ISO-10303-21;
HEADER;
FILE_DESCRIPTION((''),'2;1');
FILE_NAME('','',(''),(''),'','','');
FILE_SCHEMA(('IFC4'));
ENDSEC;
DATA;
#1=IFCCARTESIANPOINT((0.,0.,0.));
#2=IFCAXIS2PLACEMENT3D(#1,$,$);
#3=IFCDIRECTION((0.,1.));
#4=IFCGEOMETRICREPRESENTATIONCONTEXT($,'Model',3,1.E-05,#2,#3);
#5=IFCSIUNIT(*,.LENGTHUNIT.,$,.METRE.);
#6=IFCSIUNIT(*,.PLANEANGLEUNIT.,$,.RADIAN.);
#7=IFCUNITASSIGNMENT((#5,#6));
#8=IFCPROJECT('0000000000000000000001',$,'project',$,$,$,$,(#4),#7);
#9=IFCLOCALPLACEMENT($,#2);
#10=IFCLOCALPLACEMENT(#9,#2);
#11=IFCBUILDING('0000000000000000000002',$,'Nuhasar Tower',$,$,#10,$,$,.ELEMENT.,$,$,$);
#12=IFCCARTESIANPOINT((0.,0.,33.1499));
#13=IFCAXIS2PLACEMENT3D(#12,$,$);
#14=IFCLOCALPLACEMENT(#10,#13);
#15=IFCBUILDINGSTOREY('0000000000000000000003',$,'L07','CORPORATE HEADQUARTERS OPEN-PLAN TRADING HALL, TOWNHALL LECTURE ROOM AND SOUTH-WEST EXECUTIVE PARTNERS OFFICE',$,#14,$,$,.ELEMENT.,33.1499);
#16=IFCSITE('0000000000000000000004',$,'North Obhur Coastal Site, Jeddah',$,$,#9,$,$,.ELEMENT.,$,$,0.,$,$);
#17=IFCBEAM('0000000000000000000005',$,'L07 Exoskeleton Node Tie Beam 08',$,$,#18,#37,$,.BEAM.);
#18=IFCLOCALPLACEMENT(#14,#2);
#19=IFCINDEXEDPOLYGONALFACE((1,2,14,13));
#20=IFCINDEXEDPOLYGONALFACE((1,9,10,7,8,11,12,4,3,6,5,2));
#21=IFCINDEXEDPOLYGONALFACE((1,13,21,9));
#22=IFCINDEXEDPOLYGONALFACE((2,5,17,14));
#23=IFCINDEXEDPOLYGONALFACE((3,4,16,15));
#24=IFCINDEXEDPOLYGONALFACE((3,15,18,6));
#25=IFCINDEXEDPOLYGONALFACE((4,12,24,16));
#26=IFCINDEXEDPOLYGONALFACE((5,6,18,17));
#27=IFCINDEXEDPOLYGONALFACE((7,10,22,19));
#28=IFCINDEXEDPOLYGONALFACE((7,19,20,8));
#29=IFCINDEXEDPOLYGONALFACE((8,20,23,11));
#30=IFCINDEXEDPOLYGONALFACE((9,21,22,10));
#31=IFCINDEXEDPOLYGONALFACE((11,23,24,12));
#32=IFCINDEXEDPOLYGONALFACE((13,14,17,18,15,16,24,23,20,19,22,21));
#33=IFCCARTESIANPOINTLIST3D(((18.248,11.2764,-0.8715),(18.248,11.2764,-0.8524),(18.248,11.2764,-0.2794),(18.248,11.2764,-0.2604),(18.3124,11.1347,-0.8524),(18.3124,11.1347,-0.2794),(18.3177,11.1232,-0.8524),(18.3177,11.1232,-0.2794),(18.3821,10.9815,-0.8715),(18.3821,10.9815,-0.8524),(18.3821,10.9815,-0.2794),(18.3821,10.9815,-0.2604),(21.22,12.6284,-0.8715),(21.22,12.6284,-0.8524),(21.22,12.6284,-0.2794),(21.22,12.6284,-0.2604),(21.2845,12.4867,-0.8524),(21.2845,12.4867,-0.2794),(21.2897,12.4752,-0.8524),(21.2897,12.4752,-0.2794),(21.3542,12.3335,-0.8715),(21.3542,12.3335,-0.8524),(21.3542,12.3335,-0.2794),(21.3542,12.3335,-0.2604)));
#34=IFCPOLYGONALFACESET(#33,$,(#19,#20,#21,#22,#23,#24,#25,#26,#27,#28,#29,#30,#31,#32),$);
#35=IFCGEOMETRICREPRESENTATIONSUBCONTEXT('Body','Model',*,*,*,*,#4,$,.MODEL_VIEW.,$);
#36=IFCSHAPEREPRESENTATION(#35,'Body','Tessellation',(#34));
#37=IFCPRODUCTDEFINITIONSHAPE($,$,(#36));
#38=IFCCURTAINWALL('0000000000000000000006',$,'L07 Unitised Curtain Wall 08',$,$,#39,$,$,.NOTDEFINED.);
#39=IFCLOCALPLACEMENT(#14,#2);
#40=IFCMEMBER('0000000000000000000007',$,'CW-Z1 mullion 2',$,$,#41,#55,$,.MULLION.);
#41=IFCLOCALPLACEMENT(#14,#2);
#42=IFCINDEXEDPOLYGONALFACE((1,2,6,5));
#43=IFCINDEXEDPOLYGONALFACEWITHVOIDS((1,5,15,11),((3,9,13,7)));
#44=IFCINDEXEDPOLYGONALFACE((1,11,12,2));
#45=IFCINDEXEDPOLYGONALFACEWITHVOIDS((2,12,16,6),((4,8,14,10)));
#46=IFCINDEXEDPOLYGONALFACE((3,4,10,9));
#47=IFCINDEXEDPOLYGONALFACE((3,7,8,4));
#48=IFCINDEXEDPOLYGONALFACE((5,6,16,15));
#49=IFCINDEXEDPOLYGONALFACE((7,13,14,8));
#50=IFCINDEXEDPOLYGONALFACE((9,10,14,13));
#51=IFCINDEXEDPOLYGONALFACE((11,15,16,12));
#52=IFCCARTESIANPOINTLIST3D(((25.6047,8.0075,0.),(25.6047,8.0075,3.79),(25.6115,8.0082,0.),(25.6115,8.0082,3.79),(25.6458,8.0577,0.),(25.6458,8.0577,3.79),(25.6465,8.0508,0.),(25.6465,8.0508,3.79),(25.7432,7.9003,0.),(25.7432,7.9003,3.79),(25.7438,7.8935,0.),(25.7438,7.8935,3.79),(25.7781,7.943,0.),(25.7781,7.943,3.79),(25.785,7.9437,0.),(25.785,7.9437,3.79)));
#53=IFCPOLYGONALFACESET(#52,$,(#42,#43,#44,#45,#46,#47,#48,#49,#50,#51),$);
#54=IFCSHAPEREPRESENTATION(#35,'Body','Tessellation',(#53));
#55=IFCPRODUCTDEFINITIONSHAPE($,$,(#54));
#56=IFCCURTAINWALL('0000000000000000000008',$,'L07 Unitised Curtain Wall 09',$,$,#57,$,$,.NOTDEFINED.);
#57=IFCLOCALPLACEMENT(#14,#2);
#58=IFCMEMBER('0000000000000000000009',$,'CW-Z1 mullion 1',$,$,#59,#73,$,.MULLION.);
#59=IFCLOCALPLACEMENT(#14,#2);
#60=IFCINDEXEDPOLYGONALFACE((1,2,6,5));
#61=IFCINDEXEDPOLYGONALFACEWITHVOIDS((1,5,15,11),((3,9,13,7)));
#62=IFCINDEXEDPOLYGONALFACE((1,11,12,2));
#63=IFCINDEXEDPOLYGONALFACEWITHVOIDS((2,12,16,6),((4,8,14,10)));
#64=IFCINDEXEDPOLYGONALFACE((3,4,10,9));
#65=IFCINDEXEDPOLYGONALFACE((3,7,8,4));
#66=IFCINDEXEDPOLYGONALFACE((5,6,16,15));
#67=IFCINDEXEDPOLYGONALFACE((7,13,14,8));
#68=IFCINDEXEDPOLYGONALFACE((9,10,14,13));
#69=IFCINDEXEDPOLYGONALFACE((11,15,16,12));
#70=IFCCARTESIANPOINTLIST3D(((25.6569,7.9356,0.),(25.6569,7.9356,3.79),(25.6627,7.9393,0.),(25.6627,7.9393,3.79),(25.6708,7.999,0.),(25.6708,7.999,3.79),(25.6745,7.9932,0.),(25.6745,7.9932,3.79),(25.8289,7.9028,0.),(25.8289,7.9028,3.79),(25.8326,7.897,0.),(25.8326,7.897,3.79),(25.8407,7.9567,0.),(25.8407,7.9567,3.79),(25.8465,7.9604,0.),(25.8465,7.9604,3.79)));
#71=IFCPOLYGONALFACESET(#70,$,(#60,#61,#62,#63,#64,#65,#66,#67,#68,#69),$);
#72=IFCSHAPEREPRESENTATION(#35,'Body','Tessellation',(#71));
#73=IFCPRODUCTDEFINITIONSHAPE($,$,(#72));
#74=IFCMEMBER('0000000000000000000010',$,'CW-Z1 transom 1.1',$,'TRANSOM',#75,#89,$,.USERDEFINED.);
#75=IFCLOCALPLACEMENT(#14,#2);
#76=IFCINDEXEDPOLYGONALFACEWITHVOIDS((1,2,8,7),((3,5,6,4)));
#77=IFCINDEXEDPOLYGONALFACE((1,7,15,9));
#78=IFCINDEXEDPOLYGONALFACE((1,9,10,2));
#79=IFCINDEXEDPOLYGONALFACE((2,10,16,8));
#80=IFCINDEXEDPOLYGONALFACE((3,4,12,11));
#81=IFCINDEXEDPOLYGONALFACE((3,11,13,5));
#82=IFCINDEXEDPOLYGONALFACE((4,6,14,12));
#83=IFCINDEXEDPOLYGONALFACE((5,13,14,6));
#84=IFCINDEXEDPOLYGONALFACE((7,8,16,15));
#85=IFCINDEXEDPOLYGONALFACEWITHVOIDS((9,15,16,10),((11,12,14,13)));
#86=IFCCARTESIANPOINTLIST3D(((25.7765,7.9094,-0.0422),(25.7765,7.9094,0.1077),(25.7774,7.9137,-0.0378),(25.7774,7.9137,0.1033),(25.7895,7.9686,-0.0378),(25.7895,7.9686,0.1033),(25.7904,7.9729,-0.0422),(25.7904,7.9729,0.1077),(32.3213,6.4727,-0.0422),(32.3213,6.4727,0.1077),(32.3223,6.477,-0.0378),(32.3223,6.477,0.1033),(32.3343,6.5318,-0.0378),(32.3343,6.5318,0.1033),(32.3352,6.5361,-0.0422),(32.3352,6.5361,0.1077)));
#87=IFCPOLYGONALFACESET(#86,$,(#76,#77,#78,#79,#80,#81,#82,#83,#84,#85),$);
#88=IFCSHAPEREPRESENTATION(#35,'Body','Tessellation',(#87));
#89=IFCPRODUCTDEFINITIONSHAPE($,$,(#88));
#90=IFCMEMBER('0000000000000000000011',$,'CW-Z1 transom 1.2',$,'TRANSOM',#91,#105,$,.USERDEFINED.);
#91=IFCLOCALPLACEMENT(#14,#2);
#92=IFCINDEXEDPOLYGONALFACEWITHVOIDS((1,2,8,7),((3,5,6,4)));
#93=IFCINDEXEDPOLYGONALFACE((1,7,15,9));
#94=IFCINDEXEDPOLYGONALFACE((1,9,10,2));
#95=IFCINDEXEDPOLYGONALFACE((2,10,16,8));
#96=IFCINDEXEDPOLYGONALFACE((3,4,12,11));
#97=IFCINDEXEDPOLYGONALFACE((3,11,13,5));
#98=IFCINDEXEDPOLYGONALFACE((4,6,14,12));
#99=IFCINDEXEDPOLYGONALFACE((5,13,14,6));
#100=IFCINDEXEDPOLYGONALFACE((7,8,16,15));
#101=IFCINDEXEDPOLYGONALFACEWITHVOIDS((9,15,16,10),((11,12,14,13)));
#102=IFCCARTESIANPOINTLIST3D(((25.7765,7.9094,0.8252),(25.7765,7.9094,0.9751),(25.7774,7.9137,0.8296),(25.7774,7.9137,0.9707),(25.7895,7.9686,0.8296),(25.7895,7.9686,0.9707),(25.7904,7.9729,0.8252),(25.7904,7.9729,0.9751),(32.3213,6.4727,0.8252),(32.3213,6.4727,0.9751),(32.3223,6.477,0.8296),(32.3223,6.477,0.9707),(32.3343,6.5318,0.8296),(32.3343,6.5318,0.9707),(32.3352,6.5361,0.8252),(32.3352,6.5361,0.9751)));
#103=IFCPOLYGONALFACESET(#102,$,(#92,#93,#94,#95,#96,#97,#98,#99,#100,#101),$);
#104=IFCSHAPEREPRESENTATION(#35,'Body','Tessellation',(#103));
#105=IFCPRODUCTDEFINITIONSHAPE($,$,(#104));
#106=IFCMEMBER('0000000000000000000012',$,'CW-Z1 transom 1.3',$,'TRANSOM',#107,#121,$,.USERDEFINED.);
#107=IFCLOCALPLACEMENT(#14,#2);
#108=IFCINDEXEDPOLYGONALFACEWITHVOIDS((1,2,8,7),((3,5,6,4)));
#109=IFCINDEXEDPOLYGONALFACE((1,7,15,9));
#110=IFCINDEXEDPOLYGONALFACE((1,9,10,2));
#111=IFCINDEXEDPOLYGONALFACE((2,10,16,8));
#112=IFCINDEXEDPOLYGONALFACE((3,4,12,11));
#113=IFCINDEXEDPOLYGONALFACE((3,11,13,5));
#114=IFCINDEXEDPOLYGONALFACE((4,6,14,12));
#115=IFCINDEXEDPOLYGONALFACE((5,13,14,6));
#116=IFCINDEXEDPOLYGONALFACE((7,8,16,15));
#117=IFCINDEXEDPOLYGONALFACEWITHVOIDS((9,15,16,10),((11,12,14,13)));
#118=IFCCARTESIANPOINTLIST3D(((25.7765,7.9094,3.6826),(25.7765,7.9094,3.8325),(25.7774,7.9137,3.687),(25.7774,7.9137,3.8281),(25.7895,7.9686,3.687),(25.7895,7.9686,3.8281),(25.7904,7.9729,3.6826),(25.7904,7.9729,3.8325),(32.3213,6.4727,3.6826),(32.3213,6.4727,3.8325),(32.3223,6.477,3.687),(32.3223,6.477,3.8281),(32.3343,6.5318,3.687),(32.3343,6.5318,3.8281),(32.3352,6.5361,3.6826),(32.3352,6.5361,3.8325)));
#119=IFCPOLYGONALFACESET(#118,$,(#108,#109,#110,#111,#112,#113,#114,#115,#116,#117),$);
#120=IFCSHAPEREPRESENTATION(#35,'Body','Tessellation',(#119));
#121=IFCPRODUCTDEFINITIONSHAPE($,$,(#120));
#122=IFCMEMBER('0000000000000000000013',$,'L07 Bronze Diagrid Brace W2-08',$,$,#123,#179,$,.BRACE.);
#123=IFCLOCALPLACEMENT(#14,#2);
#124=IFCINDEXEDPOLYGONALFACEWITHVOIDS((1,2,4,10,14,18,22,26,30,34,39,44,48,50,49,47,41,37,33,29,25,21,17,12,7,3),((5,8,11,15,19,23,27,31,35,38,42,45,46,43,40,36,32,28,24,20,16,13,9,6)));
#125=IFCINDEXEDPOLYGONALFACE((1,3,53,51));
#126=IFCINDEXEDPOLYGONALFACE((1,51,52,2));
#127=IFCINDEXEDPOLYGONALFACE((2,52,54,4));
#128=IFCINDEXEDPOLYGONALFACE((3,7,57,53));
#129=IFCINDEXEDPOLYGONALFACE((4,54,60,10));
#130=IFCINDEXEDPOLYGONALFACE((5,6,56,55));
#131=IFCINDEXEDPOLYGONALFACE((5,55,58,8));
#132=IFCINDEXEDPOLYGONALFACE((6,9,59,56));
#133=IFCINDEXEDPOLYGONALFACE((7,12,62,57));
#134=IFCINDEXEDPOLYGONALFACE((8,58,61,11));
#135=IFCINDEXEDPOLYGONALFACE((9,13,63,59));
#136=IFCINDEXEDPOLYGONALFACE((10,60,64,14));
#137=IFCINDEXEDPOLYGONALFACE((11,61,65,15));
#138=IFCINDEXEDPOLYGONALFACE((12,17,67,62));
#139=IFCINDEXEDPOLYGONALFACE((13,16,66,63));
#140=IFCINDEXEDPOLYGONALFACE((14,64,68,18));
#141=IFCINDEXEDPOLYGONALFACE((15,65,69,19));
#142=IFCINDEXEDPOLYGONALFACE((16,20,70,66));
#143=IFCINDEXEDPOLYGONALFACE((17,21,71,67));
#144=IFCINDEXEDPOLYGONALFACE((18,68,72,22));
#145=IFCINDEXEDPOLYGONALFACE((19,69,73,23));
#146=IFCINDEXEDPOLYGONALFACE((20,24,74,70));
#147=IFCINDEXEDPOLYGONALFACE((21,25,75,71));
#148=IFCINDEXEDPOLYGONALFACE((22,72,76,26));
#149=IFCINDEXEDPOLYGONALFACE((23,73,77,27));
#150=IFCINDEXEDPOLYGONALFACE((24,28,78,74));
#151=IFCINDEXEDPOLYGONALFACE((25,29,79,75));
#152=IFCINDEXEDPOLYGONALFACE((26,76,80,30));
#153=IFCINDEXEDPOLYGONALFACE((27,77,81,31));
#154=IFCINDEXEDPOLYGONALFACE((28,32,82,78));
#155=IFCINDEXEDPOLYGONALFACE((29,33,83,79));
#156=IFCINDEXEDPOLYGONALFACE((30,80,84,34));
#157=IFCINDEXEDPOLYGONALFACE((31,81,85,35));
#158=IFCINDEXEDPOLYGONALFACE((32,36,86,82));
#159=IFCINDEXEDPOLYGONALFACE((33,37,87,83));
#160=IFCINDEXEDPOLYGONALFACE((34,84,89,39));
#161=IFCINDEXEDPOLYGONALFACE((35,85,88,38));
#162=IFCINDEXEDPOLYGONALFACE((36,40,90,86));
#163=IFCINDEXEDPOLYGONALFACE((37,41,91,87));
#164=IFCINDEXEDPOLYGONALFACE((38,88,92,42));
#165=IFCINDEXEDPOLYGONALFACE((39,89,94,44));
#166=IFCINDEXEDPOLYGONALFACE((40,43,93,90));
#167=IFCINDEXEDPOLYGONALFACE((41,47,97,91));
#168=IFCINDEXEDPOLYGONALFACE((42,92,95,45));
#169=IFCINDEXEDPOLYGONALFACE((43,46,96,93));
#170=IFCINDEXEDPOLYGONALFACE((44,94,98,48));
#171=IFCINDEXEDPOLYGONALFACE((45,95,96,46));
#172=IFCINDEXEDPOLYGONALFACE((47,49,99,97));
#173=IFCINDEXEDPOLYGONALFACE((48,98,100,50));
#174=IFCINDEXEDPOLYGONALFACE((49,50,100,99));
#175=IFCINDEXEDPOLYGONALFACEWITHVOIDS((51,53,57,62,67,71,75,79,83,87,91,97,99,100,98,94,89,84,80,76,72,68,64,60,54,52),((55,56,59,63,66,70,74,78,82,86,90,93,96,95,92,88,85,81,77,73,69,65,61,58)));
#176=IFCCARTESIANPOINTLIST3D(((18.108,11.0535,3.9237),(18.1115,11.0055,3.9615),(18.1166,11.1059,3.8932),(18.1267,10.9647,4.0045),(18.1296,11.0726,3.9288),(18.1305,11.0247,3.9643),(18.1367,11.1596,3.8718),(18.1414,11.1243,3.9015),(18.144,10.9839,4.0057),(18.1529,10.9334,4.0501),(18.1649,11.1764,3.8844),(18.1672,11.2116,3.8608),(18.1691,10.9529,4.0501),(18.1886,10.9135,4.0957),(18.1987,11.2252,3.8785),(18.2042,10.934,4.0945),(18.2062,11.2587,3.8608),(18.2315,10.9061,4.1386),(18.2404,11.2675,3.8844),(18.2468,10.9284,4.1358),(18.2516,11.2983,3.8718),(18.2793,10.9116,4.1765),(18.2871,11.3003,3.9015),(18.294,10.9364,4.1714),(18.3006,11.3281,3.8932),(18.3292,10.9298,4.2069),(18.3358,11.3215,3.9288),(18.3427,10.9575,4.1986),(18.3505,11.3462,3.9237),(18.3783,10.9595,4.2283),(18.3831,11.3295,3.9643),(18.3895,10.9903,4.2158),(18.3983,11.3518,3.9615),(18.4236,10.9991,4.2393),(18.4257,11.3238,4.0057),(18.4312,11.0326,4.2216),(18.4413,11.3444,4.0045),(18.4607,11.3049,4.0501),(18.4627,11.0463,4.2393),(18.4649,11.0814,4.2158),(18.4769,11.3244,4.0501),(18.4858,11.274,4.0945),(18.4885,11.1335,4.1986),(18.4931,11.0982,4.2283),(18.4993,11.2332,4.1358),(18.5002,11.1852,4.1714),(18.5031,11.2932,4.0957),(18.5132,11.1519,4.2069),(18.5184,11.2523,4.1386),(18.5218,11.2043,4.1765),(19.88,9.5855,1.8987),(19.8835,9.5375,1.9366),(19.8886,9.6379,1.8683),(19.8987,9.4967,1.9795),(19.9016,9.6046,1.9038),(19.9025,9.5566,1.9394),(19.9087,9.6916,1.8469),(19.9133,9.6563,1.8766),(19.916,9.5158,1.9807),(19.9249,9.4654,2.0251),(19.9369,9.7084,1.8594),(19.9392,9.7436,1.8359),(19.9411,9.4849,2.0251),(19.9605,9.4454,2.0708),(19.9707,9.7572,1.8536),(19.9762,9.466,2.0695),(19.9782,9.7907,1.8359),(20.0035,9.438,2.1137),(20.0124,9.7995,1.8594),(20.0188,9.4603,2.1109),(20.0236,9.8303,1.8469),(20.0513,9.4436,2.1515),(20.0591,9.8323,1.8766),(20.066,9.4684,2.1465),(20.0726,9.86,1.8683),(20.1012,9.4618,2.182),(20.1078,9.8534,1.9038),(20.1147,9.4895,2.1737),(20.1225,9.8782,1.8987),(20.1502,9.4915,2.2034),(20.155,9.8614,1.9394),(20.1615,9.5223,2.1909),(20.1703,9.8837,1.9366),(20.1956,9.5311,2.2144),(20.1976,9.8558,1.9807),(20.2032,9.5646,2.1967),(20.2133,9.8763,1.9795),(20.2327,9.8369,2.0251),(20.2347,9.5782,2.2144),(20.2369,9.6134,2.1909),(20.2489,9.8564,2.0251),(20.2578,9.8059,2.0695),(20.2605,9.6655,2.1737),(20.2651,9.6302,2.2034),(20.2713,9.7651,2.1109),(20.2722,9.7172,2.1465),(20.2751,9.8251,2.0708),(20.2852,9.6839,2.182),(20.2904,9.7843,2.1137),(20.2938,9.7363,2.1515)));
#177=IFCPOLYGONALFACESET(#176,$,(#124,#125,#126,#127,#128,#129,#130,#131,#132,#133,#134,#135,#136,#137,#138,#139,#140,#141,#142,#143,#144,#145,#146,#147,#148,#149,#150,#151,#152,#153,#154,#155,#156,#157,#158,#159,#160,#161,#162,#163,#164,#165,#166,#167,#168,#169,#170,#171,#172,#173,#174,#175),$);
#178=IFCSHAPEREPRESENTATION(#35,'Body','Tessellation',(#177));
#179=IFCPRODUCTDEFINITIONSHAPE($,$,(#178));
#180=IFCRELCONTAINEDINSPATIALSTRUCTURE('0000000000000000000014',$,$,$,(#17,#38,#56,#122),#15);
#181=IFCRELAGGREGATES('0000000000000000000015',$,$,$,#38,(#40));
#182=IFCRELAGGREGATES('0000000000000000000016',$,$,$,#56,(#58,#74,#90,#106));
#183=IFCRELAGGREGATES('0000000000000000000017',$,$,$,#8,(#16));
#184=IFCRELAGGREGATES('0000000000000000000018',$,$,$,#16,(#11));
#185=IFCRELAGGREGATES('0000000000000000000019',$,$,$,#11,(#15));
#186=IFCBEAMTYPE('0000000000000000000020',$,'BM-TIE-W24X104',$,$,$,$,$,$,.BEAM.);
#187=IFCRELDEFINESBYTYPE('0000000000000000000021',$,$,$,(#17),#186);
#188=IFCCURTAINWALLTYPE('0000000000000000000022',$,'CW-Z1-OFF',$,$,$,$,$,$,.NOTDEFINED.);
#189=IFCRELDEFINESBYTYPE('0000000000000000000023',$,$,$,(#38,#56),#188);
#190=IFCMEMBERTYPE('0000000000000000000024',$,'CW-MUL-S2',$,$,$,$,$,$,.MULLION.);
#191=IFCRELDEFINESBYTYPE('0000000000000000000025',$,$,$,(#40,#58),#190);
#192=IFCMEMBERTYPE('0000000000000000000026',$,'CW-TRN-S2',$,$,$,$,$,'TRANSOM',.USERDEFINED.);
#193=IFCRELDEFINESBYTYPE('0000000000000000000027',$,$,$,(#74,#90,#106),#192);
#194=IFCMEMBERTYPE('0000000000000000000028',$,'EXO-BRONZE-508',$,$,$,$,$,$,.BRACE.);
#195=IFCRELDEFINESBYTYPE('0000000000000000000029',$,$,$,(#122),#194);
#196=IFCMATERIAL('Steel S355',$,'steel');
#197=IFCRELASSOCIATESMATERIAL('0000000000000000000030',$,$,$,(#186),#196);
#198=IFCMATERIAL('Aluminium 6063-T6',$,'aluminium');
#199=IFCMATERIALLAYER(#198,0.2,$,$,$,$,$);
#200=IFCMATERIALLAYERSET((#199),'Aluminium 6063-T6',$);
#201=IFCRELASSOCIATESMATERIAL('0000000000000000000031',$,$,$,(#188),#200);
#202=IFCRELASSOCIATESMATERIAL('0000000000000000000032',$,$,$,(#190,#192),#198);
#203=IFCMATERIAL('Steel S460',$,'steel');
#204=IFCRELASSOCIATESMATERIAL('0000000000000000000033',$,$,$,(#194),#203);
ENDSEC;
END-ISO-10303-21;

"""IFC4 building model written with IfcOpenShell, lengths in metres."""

from ifc_helpers import new_model, si_unit, direction, frame, origin, origin_2d, place, context, subcontext, project, spatial, hollow_rectangle, hollow_circle, i_section, extrude, material, layer, layer_set, material_profile, profile_set, type_object, element, aggregate, save


model = new_model("IFC4")

# Units and contexts
model_context = context("Model", 3, precision=1e-05, world=origin(), true_north=direction((0.0, 1.0)))
body_context = subcontext(model_context, "Body", "Model", "MODEL_VIEW")
ifc_project = project(units=[si_unit("LENGTHUNIT", "METRE"), si_unit("PLANEANGLEUNIT", "RADIAN")], contexts=[model_context])

# Site, building, storey
site_placement = place(None, origin())
site = spatial("IfcSite", under=ifc_project, at=site_placement, Name="North Obhur Coastal Site, Jeddah", CompositionType="ELEMENT", RefElevation=0.0)
building_placement = place(site_placement, origin())
building = spatial("IfcBuilding", under=site, at=building_placement, Name="Nuhasar Tower", CompositionType="ELEMENT")
storey_placement = place(building_placement, frame((0.0, 0.0, 33.1499)))
storey = spatial("IfcBuildingStorey", under=building, at=storey_placement, Name="L07", Description="CORPORATE HEADQUARTERS OPEN-PLAN TRADING HALL, TOWNHALL LECTURE ROOM AND SOUTH-WEST EXECUTIVE PARTNERS OFFICE", CompositionType="ELEMENT", Elevation=33.1499)

# Beam
ifc_material_1 = material(Name="Steel S355", Category="steel")
ifc_material_profile_1 = material_profile(ifc_material_1, i_section(OverallWidth=0.324, OverallDepth=0.6111, WebThickness=0.0127, FlangeThickness=0.019, at=origin_2d()), Name="W24X104")
ifc_profile_set_1 = profile_set([ifc_material_profile_1], Name="Steel S355")
beam_type_1 = type_object("IfcBeamType", Name="BM-TIE-W24X104", PredefinedType="BEAM", material=ifc_profile_set_1)
beam_1_placement = place(storey_placement, frame((21.2871, 12.481, -0.5659), z_axis=(-0.910244, -0.414073, 0.0), x_axis=(0.414073, -0.910244, 0.0)))
element("IfcBeam", 1, at=beam_1_placement, inside=storey, type_object=beam_type_1, Name="L07 Exoskeleton Node Tie Beam 08", PredefinedType="BEAM", context=body_context, shape_type="SweptSolid", body=[
    extrude(i_section(OverallWidth=0.324, OverallDepth=0.6111, WebThickness=0.0127, FlangeThickness=0.019, at=origin_2d()), origin(), (0.0, 0.0, 1.0), 3.2651),
])

# Curtain wall, member
ifc_material_2 = material(Name="Aluminium 6063-T6", Category="aluminium")
ifc_layer_1 = layer(ifc_material_2, 0.2)
ifc_layer_set_1 = layer_set([ifc_layer_1], Name="Aluminium 6063-T6")
curtain_wall_type = type_object("IfcCurtainWallType", Name="CW-Z1-OFF", PredefinedType="NOTDEFINED", material=ifc_layer_set_1)
curtain_wall_1_placement = place(storey_placement, origin())
curtain_wall_1 = element("IfcCurtainWall", 2, at=curtain_wall_1_placement, inside=storey, type_object=curtain_wall_type, Name="L07 Unitised Curtain Wall 08", PredefinedType="NOTDEFINED")
ifc_material_profile_2 = material_profile(ifc_material_2, hollow_rectangle(XDim=0.0649, YDim=0.1799, WallThickness=0.0049, at=origin_2d()), Name="CWM-2")
ifc_profile_set_2 = profile_set([ifc_material_profile_2], Name="Aluminium 6063-T6")
member_type_1 = type_object("IfcMemberType", Name="CW-MUL-S2", PredefinedType="MULLION", material=ifc_profile_set_2)
member_1_placement = place(storey_placement, frame((25.6948, 7.9756, 0.0), z_axis=(0.0, 0.0, 1.0), x_axis=(0.633745, 0.773542, 0.0)))
member_1 = element("IfcMember", 3, at=member_1_placement, type_object=member_type_1, Name="CW-Z1 mullion 2", PredefinedType="MULLION", context=body_context, shape_type="SweptSolid", body=[
    extrude(hollow_rectangle(XDim=0.0649, YDim=0.1799, WallThickness=0.0049, at=origin_2d()), origin(), (0.0, 0.0, 1.0), 3.79),
])

# Curtain wall, members
curtain_wall_2_placement = place(storey_placement, origin())
curtain_wall_2 = element("IfcCurtainWall", 4, at=curtain_wall_2_placement, inside=storey, type_object=curtain_wall_type, Name="L07 Unitised Curtain Wall 09", PredefinedType="NOTDEFINED")
member_2_placement = place(storey_placement, frame((25.7517, 7.948, 0.0), z_axis=(0.0, 0.0, 1.0), x_axis=(0.214399, 0.976746, 0.0)))
member_2 = element("IfcMember", 5, at=member_2_placement, type_object=member_type_1, Name="CW-Z1 mullion 1", PredefinedType="MULLION", context=body_context, shape_type="SweptSolid", body=[
    extrude(hollow_rectangle(XDim=0.0649, YDim=0.1799, WallThickness=0.0049, at=origin_2d()), origin(), (0.0, 0.0, 1.0), 3.79),
])
ifc_material_profile_3 = material_profile(ifc_material_2, hollow_rectangle(XDim=0.0649, YDim=0.1499, WallThickness=0.0044, at=origin_2d()), Name="CWT-2")
ifc_profile_set_3 = profile_set([ifc_material_profile_3], Name="Aluminium 6063-T6")
member_type_2 = type_object("IfcMemberType", Name="CW-TRN-S2", ElementType="TRANSOM", PredefinedType="USERDEFINED", material=ifc_profile_set_3)
member_3_placement = place(storey_placement, frame((25.7834, 7.9412, 0.0327), z_axis=(0.976742, -0.214418, 0.0), x_axis=(0.214418, 0.976742, 0.0)))
member_3 = element("IfcMember", 6, at=member_3_placement, type_object=member_type_2, Name="CW-Z1 transom 1.1", ObjectType="TRANSOM", PredefinedType="USERDEFINED", context=body_context, shape_type="SweptSolid", body=[
    extrude(hollow_rectangle(XDim=0.0649, YDim=0.1499, WallThickness=0.0044, at=origin_2d()), origin(), (0.0, 0.0, 1.0), 6.7007),
])
member_4_placement = place(storey_placement, frame((25.7834, 7.9412, 0.9001), z_axis=(0.976742, -0.214418, 0.0), x_axis=(0.214418, 0.976742, 0.0)))
member_4 = element("IfcMember", 7, at=member_4_placement, type_object=member_type_2, Name="CW-Z1 transom 1.2", ObjectType="TRANSOM", PredefinedType="USERDEFINED", context=body_context, shape_type="SweptSolid", body=[
    extrude(hollow_rectangle(XDim=0.0649, YDim=0.1499, WallThickness=0.0044, at=origin_2d()), origin(), (0.0, 0.0, 1.0), 6.7007),
])
member_5_placement = place(storey_placement, frame((25.7834, 7.9412, 3.7576), z_axis=(0.976742, -0.214418, 0.0), x_axis=(0.214418, 0.976742, 0.0)))
member_5 = element("IfcMember", 8, at=member_5_placement, type_object=member_type_2, Name="CW-Z1 transom 1.3", ObjectType="TRANSOM", PredefinedType="USERDEFINED", context=body_context, shape_type="SweptSolid", body=[
    extrude(hollow_rectangle(XDim=0.0649, YDim=0.1499, WallThickness=0.0044, at=origin_2d()), origin(), (0.0, 0.0, 1.0), 6.7007),
])

# Member
ifc_material_3 = material(Name="Steel S460", Category="steel")
ifc_material_profile_4 = material_profile(ifc_material_3, hollow_circle(Radius=0.2539, WallThickness=0.0254, at=origin_2d()), Name="HSS508X25.4")
ifc_profile_set_4 = profile_set([ifc_material_profile_4], Name="Steel S460")
member_type_3 = type_object("IfcMemberType", Name="EXO-BRONZE-508", PredefinedType="BRACE", material=ifc_profile_set_4)
member_6_placement = place(storey_placement, frame((20.0869, 9.6609, 2.0251), z_axis=(-0.578102, 0.478937, 0.660619), x_axis=(-0.637969, -0.770062, 0.0)))
element("IfcMember", 9, at=member_6_placement, inside=storey, type_object=member_type_3, Name="L07 Bronze Diagrid Brace W2-08", PredefinedType="BRACE", context=body_context, shape_type="SweptSolid", body=[
    extrude(hollow_circle(Radius=0.2539, WallThickness=0.0254, at=origin_2d()), origin(), (0.0, 0.0, 1.0), 3.0652),
])

aggregate(curtain_wall_1, [member_1])
aggregate(curtain_wall_2, [member_2, member_3, member_4, member_5])

save(model, "model.ifc")
